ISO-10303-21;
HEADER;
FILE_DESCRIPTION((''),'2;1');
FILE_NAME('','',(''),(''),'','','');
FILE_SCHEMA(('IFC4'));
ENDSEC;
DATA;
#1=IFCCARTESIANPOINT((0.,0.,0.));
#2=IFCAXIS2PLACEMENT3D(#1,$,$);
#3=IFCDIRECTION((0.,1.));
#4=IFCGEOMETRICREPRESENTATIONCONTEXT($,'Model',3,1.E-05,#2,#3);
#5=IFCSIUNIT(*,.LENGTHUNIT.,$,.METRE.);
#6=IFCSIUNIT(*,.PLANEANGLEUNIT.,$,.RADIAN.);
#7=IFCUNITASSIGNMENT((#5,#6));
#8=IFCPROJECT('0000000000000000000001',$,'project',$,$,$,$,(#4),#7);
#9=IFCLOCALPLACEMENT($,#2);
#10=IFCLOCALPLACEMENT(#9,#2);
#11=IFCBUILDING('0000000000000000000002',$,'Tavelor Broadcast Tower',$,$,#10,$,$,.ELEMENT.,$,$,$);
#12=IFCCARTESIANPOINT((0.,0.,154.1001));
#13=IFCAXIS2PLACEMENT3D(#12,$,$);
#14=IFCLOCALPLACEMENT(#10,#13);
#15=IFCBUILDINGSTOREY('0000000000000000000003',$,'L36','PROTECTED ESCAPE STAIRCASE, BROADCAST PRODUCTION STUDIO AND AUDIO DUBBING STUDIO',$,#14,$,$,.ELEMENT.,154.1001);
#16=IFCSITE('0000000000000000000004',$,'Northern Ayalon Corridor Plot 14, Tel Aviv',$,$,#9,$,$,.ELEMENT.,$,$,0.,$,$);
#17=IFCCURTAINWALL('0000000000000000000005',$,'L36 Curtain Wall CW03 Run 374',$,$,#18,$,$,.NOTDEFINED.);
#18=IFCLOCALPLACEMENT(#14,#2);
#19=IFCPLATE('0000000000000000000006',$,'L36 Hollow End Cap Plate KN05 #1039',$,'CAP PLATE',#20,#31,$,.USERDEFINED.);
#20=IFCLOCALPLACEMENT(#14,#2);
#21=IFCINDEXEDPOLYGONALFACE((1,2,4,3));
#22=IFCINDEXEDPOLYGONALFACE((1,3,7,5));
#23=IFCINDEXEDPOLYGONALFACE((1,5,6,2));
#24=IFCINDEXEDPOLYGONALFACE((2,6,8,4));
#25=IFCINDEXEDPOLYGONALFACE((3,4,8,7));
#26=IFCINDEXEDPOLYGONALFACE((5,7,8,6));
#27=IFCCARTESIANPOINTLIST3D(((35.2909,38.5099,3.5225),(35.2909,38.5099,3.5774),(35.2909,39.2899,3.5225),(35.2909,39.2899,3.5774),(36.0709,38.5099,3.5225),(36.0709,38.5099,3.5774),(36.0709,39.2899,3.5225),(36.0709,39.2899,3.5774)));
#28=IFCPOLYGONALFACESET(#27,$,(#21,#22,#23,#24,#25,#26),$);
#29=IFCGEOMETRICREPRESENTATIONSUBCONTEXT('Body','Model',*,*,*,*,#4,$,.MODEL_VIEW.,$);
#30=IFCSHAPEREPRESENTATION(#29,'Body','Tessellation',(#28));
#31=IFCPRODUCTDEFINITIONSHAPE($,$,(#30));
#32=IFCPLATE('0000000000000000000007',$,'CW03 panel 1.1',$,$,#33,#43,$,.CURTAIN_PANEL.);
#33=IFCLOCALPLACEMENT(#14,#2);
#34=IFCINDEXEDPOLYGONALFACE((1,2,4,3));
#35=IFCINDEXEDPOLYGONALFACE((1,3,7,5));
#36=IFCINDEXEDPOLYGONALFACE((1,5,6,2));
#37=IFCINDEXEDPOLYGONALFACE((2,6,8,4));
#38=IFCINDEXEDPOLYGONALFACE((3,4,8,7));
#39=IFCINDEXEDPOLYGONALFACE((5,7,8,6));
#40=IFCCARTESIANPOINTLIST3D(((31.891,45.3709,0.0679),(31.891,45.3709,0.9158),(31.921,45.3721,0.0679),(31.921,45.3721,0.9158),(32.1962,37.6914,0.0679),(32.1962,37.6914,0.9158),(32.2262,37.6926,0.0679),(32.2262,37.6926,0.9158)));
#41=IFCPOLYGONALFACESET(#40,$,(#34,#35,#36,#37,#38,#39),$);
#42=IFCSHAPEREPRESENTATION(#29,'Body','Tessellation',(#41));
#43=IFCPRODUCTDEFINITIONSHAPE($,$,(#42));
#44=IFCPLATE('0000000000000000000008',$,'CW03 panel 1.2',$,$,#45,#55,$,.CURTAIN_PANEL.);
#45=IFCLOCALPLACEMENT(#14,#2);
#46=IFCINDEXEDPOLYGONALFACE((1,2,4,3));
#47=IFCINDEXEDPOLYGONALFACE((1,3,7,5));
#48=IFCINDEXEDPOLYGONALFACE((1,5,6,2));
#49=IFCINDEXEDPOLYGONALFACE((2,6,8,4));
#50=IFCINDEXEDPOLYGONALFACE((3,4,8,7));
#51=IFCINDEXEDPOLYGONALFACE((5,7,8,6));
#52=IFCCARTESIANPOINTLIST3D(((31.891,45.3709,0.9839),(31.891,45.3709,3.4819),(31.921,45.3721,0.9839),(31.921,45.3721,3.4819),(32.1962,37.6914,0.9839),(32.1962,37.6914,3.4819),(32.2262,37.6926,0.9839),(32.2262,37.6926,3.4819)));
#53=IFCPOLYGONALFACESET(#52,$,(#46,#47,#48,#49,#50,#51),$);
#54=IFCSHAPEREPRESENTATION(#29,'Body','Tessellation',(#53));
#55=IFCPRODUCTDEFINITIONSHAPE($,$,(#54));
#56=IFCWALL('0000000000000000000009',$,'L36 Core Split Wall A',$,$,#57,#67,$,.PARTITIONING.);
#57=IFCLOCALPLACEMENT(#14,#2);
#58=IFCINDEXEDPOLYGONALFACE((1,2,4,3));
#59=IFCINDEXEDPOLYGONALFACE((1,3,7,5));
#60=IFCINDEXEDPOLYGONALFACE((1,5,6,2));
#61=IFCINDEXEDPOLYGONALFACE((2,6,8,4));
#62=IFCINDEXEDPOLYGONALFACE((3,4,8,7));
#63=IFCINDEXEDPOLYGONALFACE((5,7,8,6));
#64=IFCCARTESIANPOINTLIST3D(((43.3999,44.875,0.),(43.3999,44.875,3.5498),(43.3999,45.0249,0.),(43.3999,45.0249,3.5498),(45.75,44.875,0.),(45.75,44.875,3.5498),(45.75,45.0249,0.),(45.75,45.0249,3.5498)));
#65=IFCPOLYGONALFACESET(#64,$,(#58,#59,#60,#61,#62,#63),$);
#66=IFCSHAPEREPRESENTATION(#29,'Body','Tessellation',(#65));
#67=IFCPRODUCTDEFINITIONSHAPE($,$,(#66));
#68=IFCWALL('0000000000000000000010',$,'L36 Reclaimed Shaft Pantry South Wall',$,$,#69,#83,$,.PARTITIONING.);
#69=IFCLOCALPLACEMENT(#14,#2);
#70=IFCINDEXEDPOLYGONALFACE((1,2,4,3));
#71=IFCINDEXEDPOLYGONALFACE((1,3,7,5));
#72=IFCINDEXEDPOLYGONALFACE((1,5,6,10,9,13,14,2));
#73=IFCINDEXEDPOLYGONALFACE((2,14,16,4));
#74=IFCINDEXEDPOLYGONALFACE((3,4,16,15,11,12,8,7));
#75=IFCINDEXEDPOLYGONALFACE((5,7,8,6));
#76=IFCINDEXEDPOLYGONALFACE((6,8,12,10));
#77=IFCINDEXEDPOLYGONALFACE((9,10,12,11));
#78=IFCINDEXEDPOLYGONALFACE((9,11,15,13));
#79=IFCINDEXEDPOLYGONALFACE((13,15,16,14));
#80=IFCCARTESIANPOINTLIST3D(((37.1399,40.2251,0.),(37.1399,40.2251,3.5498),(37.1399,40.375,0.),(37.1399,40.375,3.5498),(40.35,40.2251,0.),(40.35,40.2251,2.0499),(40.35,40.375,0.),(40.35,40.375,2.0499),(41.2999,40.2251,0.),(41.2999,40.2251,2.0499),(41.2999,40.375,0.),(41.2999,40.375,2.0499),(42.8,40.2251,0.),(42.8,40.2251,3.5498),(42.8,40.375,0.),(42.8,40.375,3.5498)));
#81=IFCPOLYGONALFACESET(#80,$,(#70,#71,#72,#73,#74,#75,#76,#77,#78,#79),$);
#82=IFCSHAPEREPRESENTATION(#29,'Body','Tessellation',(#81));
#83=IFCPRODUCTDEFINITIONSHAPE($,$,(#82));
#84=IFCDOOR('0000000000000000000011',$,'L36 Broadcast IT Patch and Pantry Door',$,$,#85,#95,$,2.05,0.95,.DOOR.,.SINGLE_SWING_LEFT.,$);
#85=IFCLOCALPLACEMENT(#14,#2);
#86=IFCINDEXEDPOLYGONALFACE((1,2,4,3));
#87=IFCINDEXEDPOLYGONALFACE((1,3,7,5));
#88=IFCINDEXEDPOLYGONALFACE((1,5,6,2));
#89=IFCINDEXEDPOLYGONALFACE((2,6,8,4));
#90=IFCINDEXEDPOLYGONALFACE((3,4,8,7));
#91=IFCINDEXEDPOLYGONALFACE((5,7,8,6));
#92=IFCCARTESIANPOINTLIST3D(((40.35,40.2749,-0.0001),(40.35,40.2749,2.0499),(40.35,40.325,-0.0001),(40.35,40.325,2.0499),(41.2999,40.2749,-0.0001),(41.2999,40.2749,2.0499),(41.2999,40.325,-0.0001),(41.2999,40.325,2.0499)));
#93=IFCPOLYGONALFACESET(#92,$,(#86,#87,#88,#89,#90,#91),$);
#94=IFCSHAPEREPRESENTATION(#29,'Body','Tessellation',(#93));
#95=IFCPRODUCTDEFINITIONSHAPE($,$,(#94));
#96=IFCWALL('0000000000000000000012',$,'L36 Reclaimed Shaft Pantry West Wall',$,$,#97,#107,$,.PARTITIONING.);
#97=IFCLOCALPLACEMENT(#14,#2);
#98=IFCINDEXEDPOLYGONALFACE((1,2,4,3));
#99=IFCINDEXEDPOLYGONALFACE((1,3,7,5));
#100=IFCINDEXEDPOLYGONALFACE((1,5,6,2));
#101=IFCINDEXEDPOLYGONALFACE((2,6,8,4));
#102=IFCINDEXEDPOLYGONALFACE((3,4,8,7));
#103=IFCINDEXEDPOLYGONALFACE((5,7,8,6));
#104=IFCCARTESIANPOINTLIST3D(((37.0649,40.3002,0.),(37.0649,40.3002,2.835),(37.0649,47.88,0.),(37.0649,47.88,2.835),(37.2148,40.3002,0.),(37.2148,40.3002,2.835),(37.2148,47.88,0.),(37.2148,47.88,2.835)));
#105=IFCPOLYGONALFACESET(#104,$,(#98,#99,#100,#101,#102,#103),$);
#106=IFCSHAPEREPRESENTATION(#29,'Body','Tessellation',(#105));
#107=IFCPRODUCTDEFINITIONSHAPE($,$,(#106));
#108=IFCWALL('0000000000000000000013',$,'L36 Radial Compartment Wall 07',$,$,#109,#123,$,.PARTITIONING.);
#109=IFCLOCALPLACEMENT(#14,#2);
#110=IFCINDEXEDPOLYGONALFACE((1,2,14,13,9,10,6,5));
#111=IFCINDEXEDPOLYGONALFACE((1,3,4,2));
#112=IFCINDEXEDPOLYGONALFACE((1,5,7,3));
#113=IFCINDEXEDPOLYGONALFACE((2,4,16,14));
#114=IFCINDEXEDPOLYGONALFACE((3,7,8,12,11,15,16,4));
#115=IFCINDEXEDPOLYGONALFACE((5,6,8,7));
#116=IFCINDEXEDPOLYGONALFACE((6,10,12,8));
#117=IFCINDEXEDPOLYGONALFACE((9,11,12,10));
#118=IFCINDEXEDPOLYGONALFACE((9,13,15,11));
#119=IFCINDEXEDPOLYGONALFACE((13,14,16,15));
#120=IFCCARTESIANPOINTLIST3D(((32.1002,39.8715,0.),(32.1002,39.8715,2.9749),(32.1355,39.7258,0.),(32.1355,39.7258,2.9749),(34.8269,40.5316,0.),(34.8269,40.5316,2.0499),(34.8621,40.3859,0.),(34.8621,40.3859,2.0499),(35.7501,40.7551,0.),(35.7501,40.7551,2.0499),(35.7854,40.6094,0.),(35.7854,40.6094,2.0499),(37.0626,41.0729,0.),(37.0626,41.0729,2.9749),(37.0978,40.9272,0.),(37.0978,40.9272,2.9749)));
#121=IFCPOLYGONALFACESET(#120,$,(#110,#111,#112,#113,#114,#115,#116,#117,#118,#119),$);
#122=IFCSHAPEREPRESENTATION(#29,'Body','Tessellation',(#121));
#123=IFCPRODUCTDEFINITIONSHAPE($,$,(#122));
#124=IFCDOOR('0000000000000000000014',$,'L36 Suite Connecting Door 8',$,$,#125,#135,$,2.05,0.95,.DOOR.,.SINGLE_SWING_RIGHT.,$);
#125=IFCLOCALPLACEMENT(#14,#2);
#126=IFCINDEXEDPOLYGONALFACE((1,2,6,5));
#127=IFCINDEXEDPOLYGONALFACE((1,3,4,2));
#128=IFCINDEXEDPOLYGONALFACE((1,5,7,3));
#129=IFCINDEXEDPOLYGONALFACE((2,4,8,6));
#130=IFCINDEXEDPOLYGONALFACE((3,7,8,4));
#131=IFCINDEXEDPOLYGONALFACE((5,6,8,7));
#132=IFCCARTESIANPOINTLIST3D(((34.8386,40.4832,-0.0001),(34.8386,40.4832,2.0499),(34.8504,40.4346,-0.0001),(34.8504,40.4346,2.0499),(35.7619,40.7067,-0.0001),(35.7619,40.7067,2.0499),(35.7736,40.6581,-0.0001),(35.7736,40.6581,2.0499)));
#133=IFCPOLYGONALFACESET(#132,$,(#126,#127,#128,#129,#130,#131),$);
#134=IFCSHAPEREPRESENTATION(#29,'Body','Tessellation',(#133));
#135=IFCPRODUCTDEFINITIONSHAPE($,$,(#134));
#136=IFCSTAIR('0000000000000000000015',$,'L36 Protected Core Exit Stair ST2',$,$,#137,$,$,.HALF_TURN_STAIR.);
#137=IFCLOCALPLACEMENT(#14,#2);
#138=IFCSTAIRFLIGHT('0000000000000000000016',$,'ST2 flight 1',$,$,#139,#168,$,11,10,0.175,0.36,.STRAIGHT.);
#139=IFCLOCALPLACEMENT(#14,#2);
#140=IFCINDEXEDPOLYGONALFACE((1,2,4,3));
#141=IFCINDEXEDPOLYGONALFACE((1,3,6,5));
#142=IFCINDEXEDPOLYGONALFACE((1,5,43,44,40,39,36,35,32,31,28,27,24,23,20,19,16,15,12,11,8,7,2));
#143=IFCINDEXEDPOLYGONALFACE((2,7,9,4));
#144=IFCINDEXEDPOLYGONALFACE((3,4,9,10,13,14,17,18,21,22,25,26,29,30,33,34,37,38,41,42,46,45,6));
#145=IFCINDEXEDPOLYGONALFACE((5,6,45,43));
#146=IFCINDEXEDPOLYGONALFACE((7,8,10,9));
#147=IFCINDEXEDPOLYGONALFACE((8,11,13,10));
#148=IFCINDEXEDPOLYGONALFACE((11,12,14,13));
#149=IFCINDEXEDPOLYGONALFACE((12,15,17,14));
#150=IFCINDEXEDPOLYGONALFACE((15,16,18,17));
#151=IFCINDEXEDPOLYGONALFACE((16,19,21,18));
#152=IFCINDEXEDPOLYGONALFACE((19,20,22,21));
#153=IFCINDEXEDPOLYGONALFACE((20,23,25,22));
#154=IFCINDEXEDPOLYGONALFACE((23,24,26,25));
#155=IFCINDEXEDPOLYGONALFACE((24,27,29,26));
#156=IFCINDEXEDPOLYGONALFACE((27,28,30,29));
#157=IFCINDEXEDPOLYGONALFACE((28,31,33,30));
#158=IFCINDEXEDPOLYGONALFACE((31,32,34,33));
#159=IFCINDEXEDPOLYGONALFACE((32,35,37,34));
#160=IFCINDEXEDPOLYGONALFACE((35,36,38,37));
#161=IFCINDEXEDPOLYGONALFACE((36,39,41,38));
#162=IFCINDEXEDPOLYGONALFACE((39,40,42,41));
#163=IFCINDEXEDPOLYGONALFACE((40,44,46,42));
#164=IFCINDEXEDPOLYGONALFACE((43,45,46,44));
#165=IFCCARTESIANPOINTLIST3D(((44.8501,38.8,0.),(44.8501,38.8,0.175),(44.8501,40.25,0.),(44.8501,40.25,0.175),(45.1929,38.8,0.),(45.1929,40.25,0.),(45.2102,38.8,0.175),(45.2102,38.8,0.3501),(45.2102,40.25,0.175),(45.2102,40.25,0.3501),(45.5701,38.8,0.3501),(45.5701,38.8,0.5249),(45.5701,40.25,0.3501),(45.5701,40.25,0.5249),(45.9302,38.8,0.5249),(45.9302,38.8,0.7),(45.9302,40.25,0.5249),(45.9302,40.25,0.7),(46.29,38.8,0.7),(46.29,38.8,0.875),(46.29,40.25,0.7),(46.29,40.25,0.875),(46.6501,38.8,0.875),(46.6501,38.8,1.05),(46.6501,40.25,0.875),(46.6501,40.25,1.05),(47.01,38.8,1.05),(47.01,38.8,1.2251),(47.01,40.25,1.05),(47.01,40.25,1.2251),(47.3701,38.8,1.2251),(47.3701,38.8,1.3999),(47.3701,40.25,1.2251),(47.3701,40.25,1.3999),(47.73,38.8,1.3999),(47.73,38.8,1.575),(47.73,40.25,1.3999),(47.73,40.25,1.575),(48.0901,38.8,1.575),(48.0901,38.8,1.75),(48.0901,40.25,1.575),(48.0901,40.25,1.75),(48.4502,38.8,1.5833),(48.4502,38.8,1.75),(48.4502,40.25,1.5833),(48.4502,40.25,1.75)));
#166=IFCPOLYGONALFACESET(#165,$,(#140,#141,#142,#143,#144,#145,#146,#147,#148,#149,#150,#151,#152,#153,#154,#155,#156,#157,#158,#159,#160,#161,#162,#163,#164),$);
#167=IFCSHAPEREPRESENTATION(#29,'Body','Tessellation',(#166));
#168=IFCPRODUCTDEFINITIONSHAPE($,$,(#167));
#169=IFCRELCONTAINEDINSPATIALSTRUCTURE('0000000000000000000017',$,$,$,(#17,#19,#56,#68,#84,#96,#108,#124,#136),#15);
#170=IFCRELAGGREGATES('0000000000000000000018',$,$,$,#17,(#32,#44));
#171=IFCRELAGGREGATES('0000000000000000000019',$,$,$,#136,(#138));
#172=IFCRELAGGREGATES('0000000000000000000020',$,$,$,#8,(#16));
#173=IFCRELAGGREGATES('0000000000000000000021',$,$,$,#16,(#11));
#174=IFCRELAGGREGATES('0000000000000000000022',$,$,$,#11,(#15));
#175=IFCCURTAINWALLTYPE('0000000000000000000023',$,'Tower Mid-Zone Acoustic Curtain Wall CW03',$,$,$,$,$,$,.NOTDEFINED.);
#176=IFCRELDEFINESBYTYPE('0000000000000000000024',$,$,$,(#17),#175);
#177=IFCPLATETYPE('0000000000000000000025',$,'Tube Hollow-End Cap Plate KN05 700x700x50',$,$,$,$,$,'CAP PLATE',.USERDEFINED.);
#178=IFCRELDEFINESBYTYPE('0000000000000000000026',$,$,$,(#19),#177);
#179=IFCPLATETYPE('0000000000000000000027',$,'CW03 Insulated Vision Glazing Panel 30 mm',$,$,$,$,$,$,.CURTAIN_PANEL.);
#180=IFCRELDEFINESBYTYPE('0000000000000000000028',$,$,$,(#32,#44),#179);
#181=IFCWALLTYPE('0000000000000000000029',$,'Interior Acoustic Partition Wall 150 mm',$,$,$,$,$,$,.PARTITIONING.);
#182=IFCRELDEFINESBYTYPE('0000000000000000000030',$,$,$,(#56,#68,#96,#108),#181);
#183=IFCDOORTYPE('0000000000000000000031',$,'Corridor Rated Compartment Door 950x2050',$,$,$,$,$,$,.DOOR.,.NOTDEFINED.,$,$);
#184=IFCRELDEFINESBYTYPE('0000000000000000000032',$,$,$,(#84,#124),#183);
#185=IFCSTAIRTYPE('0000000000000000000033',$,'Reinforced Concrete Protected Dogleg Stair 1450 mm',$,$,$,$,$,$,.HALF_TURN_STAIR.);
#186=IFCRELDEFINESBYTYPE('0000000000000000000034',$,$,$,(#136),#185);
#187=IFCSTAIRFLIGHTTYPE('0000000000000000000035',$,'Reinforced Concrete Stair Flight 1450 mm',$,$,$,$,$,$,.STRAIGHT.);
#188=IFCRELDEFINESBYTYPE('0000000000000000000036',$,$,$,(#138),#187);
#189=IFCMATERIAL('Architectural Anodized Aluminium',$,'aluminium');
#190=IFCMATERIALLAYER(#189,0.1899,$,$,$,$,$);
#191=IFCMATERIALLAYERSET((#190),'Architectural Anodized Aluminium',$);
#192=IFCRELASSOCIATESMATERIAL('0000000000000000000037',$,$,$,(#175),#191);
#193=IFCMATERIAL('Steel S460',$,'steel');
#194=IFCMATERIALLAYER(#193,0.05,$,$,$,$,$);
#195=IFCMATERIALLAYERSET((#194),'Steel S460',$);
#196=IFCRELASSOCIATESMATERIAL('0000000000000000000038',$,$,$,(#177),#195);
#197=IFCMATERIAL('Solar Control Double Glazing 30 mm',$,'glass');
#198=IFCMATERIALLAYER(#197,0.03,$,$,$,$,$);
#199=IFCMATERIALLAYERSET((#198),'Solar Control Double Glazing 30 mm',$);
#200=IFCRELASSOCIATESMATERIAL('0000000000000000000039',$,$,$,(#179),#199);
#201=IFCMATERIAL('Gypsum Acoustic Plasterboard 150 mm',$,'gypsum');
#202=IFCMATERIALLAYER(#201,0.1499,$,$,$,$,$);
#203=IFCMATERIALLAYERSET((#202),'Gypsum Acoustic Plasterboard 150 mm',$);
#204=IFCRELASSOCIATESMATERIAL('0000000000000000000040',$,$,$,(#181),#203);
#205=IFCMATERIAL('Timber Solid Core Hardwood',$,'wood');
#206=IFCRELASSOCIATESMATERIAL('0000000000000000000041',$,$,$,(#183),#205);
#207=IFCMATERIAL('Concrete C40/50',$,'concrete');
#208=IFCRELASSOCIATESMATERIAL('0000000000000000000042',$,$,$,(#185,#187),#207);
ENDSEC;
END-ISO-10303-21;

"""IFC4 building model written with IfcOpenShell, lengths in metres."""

from ifc_helpers import new_model, si_unit, direction, frame, frame_2d, origin, origin_2d, place, context, subcontext, project, spatial, polyline, rectangle, outline, extrude, source, transform, mapped, material, layer, layer_set, type_object, type_shapes, element, fill, aggregate, save


model = new_model("IFC4")

# Units and contexts
model_context = context("Model", 3, precision=1e-05, world=origin(), true_north=direction((0.0, 1.0)))
body_context = subcontext(model_context, "Body", "Model", "MODEL_VIEW")
ifc_project = project(units=[si_unit("LENGTHUNIT", "METRE"), si_unit("PLANEANGLEUNIT", "RADIAN")], contexts=[model_context])

# Site, building, storey
site_placement = place(None, origin())
site = spatial("IfcSite", under=ifc_project, at=site_placement, Name="Northern Ayalon Corridor Plot 14, Tel Aviv", CompositionType="ELEMENT", RefElevation=0.0)
building_placement = place(site_placement, origin())
building = spatial("IfcBuilding", under=site, at=building_placement, Name="Tavelor Broadcast Tower", CompositionType="ELEMENT")
storey_placement = place(building_placement, frame((0.0, 0.0, 154.1001)))
storey = spatial("IfcBuildingStorey", under=building, at=storey_placement, Name="L36", Description="PROTECTED ESCAPE STAIRCASE, BROADCAST PRODUCTION STUDIO AND AUDIO DUBBING STUDIO", CompositionType="ELEMENT", Elevation=154.1001)

# Shared definitions
ifc_material_1 = material(Name="Steel S460", Category="steel")

# Shared definitions
ifc_material_2 = material(Name="Concrete C40/50", Category="concrete")

# Curtain wall
ifc_material_3 = material(Name="Architectural Anodized Aluminium", Category="aluminium")
ifc_layer_1 = layer(ifc_material_3, 0.1899)
ifc_layer_set_1 = layer_set([ifc_layer_1], Name="Architectural Anodized Aluminium")
curtain_wall_type = type_object("IfcCurtainWallType", Name="Tower Mid-Zone Acoustic Curtain Wall CW03", PredefinedType="NOTDEFINED", material=ifc_layer_set_1)
curtain_wall_placement = place(storey_placement, origin())
curtain_wall = element("IfcCurtainWall", 1, at=curtain_wall_placement, inside=storey, type_object=curtain_wall_type, Name="L36 Curtain Wall CW03 Run 374", PredefinedType="NOTDEFINED")

# Plates
ifc_layer_2 = layer(ifc_material_1, 0.05)
ifc_layer_set_2 = layer_set([ifc_layer_2], Name="Steel S460")
plate_type_1 = type_object("IfcPlateType", Name="Tube Hollow-End Cap Plate KN05 700x700x50", ElementType="CAP PLATE", PredefinedType="USERDEFINED", material=ifc_layer_set_2)
shared_shape_1 = source(origin(), body_context, "Body", "SweptSolid", [
    extrude(rectangle(XDim=0.78, YDim=0.78, at=origin_2d()), origin(), (0.0, 0.0, 1.0), 0.0549),
])
type_shapes(plate_type_1, [shared_shape_1])
plate_1_placement = place(storey_placement, frame((35.6809, 38.8999, 3.5225), z_axis=(0.0, 0.0, 1.0), x_axis=(1.0, 0.0, 0.0)))
element("IfcPlate", 2, at=plate_1_placement, inside=storey, type_object=plate_type_1, Name="L36 Hollow End Cap Plate KN05 #1039", ObjectType="CAP PLATE", PredefinedType="USERDEFINED", context=body_context, shape_type="MappedRepresentation", body=[
    mapped(shared_shape_1, transform((0.0, 0.0, 0.0), scale=1.0)),
])
ifc_material_4 = material(Name="Solar Control Double Glazing 30 mm", Category="glass")
ifc_layer_3 = layer(ifc_material_4, 0.03)
ifc_layer_set_3 = layer_set([ifc_layer_3], Name="Solar Control Double Glazing 30 mm")
plate_type_2 = type_object("IfcPlateType", Name="CW03 Insulated Vision Glazing Panel 30 mm", PredefinedType="CURTAIN_PANEL", material=ifc_layer_set_3)
shared_shape_2 = source(origin(), body_context, "Body", "SweptSolid", [
    extrude(rectangle(XDim=7.6855, YDim=0.03, at=origin_2d()), origin(), (0.0, 0.0, 1.0), 0.8479),
])
plate_2_placement = place(storey_placement, frame((32.0586, 41.5317, 0.0679), z_axis=(0.0, 0.0, 1.0), x_axis=(0.039711, -0.999211, 0.0)))
plate_2 = element("IfcPlate", 3, at=plate_2_placement, type_object=plate_type_2, Name="CW03 panel 1.1", PredefinedType="CURTAIN_PANEL", context=body_context, shape_type="MappedRepresentation", body=[
    mapped(shared_shape_2, transform((0.0, 0.0, 0.0), scale=1.0)),
])
shared_shape_3 = source(origin(), body_context, "Body", "SweptSolid", [
    extrude(rectangle(XDim=7.6855, YDim=0.03, at=origin_2d()), origin(), (0.0, 0.0, 1.0), 2.498),
])
type_shapes(plate_type_2, [shared_shape_2, shared_shape_3])
plate_3_placement = place(storey_placement, frame((32.0586, 41.5317, 0.9839), z_axis=(0.0, 0.0, 1.0), x_axis=(0.039711, -0.999211, 0.0)))
plate_3 = element("IfcPlate", 4, at=plate_3_placement, type_object=plate_type_2, Name="CW03 panel 1.2", PredefinedType="CURTAIN_PANEL", context=body_context, shape_type="MappedRepresentation", body=[
    mapped(shared_shape_3, transform((0.0, 0.0, 0.0), scale=1.0)),
])
aggregate(curtain_wall, [plate_2, plate_3])

# Wall
ifc_material_5 = material(Name="Gypsum Acoustic Plasterboard 150 mm", Category="gypsum")
ifc_layer_4 = layer(ifc_material_5, 0.1499)
ifc_layer_set_4 = layer_set([ifc_layer_4], Name="Gypsum Acoustic Plasterboard 150 mm")
wall_type_1 = type_object("IfcWallType", Name="Interior Acoustic Partition Wall 150 mm", PredefinedType="PARTITIONING", material=ifc_layer_set_4)
wall_1_placement = place(storey_placement, frame((43.3999, 44.95, 0.0), z_axis=(0.0, 0.0, 1.0), x_axis=(1.0, 0.0, 0.0)))
element("IfcWall", 5, at=wall_1_placement, inside=storey, type_object=wall_type_1, Name="L36 Core Split Wall A", PredefinedType="PARTITIONING", context=body_context, shape_type="SweptSolid", body=[
    extrude(rectangle(XDim=2.3501, YDim=0.1499, at=frame_2d((1.175, 0.0))), origin(), (0.0, 0.0, 1.0), 3.5498),
])

# Wall, opening, door
wall_2_placement = place(storey_placement, frame((37.1399, 40.3, 0.0), z_axis=(0.0, 0.0, 1.0), x_axis=(1.0, 0.0, 0.0)))
wall_2 = element("IfcWall", 6, at=wall_2_placement, inside=storey, type_object=wall_type_1, Name="L36 Reclaimed Shaft Pantry South Wall", PredefinedType="PARTITIONING", context=body_context, shape_type="SweptSolid", body=[
    extrude(rectangle(XDim=5.6602, YDim=0.1499, at=frame_2d((2.8301, 0.0))), origin(), (0.0, 0.0, 1.0), 3.5498),
])
opening_1_placement = place(wall_2_placement, frame((3.21, 0.0, 0.0)))
opening_1 = element("IfcOpeningElement", 7, at=opening_1_placement, cuts=wall_2, PredefinedType="OPENING", context=body_context, shape_type="SweptSolid", body=[
    extrude(rectangle(XDim=0.95, YDim=2.05, at=frame_2d((0.4751, 1.0249))), frame((0.0, 0.085, 0.0), z_axis=(0.0, -1.0, 0.0), x_axis=(1.0, 0.0, 0.0)), (0.0, 0.0, 1.0), 0.1699),
])
ifc_material_6 = material(Name="Timber Solid Core Hardwood", Category="wood")
door_type_1 = type_object("IfcDoorType", Name="Corridor Rated Compartment Door 950x2050", OperationType="NOTDEFINED", PredefinedType="DOOR", material=ifc_material_6)
door_1_placement = place(opening_1_placement, origin())
door_1 = element("IfcDoor", 8, at=door_1_placement, inside=storey, type_object=door_type_1, Name="L36 Broadcast IT Patch and Pantry Door", OperationType="SINGLE_SWING_LEFT", OverallHeight=2.05, OverallWidth=0.95, PredefinedType="DOOR", context=body_context, shape_type="SweptSolid", body=[
    extrude(rectangle(XDim=0.95, YDim=2.05, at=frame_2d((0.4751, 1.0249))), frame((0.0, 0.0249, 0.0), z_axis=(0.0, -1.0, 0.0), x_axis=(1.0, 0.0, 0.0)), (0.0, 0.0, 1.0), 0.05),
])
fill(opening_1, door_1)

# Wall
wall_3_placement = place(storey_placement, frame((37.1399, 40.3, 0.0), z_axis=(0.0, 0.0, 1.0), x_axis=(0.0, 1.0, 0.0)))
element("IfcWall", 9, at=wall_3_placement, inside=storey, type_object=wall_type_1, Name="L36 Reclaimed Shaft Pantry West Wall", PredefinedType="PARTITIONING", context=body_context, shape_type="SweptSolid", body=[
    extrude(rectangle(XDim=7.5798, YDim=0.1499, at=frame_2d((3.79, 0.0))), origin(), (0.0, 0.0, 1.0), 2.835),
])

# Wall, opening, door
wall_4_placement = place(storey_placement, frame((37.0801, 41.0, 0.0), z_axis=(0.0, 0.0, 1.0), x_axis=(-0.971921, -0.235306, 0.0)))
wall_4 = element("IfcWall", 10, at=wall_4_placement, inside=storey, type_object=wall_type_1, Name="L36 Radial Compartment Wall 07", PredefinedType="PARTITIONING", context=body_context, shape_type="SweptSolid", body=[
    extrude(rectangle(XDim=5.1057, YDim=0.1499, at=frame_2d((2.5527, 0.0))), origin(), (0.0, 0.0, 1.0), 2.9749),
])
opening_2_placement = place(wall_4_placement, frame((1.3501, 0.0, 0.0)))
opening_2 = element("IfcOpeningElement", 11, at=opening_2_placement, cuts=wall_4, PredefinedType="OPENING", context=body_context, shape_type="SweptSolid", body=[
    extrude(rectangle(XDim=0.95, YDim=2.05, at=frame_2d((0.4751, 1.0249))), frame((0.0, 0.085, 0.0), z_axis=(0.0, -1.0, 0.0), x_axis=(1.0, 0.0, 0.0)), (0.0, 0.0, 1.0), 0.1699),
])
door_2_placement = place(opening_2_placement, origin())
door_2 = element("IfcDoor", 12, at=door_2_placement, inside=storey, type_object=door_type_1, Name="L36 Suite Connecting Door 8", OperationType="SINGLE_SWING_RIGHT", OverallHeight=2.05, OverallWidth=0.95, PredefinedType="DOOR", context=body_context, shape_type="SweptSolid", body=[
    extrude(rectangle(XDim=0.95, YDim=2.05, at=frame_2d((0.4751, 1.0249))), frame((0.0, 0.0249, 0.0), z_axis=(0.0, -1.0, 0.0), x_axis=(1.0, 0.0, 0.0)), (0.0, 0.0, 1.0), 0.05),
])
fill(opening_2, door_2)

# Stair, stair flight
stair_type = type_object("IfcStairType", Name="Reinforced Concrete Protected Dogleg Stair 1450 mm", PredefinedType="HALF_TURN_STAIR", material=ifc_material_2)
stair_placement = place(storey_placement, origin())
stair = element("IfcStair", 13, at=stair_placement, inside=storey, type_object=stair_type, Name="L36 Protected Core Exit Stair ST2", PredefinedType="HALF_TURN_STAIR")
stair_flight_type = type_object("IfcStairFlightType", Name="Reinforced Concrete Stair Flight 1450 mm", PredefinedType="STRAIGHT", material=ifc_material_2)
stair_flight_placement = place(storey_placement, frame((44.8501, 39.5249, 0.0), z_axis=(0.0, 0.0, 1.0), x_axis=(1.0, 0.0, 0.0)))
stair_flight = element("IfcStairFlight", 14, at=stair_flight_placement, type_object=stair_flight_type, Name="ST2 flight 1", NumberOfRisers=11, NumberOfTreads=10, PredefinedType="STRAIGHT", RiserHeight=0.175, TreadLength=0.36, context=body_context, shape_type="SweptSolid", body=[
    extrude(outline(polyline([(0.0, 0.0), (0.0, 0.175), (0.3601, 0.175), (0.3601, 0.3501), (0.72, 0.3501), (0.72, 0.5249), (1.0801, 0.5249), (1.0801, 0.7), (1.4399, 0.7), (1.4399, 0.875), (1.8, 0.875), (1.8, 1.05), (2.1599, 1.05), (2.1599, 1.2251), (2.52, 1.2251), (2.52, 1.3999), (2.8799, 1.3999), (2.8799, 1.575), (3.24, 1.575), (3.24, 1.75), (3.6001, 1.75), (3.6001, 1.925), (3.6001, 1.5833), (0.3428, 0.0), (0.0, 0.0)])), frame((0.0, 0.7251, 0.0), z_axis=(0.0, -1.0, 0.0), x_axis=(1.0, 0.0, 0.0)), (0.0, 0.0, 1.0), 1.45),
])
aggregate(stair, [stair_flight])

save(model, "model.ifc")
